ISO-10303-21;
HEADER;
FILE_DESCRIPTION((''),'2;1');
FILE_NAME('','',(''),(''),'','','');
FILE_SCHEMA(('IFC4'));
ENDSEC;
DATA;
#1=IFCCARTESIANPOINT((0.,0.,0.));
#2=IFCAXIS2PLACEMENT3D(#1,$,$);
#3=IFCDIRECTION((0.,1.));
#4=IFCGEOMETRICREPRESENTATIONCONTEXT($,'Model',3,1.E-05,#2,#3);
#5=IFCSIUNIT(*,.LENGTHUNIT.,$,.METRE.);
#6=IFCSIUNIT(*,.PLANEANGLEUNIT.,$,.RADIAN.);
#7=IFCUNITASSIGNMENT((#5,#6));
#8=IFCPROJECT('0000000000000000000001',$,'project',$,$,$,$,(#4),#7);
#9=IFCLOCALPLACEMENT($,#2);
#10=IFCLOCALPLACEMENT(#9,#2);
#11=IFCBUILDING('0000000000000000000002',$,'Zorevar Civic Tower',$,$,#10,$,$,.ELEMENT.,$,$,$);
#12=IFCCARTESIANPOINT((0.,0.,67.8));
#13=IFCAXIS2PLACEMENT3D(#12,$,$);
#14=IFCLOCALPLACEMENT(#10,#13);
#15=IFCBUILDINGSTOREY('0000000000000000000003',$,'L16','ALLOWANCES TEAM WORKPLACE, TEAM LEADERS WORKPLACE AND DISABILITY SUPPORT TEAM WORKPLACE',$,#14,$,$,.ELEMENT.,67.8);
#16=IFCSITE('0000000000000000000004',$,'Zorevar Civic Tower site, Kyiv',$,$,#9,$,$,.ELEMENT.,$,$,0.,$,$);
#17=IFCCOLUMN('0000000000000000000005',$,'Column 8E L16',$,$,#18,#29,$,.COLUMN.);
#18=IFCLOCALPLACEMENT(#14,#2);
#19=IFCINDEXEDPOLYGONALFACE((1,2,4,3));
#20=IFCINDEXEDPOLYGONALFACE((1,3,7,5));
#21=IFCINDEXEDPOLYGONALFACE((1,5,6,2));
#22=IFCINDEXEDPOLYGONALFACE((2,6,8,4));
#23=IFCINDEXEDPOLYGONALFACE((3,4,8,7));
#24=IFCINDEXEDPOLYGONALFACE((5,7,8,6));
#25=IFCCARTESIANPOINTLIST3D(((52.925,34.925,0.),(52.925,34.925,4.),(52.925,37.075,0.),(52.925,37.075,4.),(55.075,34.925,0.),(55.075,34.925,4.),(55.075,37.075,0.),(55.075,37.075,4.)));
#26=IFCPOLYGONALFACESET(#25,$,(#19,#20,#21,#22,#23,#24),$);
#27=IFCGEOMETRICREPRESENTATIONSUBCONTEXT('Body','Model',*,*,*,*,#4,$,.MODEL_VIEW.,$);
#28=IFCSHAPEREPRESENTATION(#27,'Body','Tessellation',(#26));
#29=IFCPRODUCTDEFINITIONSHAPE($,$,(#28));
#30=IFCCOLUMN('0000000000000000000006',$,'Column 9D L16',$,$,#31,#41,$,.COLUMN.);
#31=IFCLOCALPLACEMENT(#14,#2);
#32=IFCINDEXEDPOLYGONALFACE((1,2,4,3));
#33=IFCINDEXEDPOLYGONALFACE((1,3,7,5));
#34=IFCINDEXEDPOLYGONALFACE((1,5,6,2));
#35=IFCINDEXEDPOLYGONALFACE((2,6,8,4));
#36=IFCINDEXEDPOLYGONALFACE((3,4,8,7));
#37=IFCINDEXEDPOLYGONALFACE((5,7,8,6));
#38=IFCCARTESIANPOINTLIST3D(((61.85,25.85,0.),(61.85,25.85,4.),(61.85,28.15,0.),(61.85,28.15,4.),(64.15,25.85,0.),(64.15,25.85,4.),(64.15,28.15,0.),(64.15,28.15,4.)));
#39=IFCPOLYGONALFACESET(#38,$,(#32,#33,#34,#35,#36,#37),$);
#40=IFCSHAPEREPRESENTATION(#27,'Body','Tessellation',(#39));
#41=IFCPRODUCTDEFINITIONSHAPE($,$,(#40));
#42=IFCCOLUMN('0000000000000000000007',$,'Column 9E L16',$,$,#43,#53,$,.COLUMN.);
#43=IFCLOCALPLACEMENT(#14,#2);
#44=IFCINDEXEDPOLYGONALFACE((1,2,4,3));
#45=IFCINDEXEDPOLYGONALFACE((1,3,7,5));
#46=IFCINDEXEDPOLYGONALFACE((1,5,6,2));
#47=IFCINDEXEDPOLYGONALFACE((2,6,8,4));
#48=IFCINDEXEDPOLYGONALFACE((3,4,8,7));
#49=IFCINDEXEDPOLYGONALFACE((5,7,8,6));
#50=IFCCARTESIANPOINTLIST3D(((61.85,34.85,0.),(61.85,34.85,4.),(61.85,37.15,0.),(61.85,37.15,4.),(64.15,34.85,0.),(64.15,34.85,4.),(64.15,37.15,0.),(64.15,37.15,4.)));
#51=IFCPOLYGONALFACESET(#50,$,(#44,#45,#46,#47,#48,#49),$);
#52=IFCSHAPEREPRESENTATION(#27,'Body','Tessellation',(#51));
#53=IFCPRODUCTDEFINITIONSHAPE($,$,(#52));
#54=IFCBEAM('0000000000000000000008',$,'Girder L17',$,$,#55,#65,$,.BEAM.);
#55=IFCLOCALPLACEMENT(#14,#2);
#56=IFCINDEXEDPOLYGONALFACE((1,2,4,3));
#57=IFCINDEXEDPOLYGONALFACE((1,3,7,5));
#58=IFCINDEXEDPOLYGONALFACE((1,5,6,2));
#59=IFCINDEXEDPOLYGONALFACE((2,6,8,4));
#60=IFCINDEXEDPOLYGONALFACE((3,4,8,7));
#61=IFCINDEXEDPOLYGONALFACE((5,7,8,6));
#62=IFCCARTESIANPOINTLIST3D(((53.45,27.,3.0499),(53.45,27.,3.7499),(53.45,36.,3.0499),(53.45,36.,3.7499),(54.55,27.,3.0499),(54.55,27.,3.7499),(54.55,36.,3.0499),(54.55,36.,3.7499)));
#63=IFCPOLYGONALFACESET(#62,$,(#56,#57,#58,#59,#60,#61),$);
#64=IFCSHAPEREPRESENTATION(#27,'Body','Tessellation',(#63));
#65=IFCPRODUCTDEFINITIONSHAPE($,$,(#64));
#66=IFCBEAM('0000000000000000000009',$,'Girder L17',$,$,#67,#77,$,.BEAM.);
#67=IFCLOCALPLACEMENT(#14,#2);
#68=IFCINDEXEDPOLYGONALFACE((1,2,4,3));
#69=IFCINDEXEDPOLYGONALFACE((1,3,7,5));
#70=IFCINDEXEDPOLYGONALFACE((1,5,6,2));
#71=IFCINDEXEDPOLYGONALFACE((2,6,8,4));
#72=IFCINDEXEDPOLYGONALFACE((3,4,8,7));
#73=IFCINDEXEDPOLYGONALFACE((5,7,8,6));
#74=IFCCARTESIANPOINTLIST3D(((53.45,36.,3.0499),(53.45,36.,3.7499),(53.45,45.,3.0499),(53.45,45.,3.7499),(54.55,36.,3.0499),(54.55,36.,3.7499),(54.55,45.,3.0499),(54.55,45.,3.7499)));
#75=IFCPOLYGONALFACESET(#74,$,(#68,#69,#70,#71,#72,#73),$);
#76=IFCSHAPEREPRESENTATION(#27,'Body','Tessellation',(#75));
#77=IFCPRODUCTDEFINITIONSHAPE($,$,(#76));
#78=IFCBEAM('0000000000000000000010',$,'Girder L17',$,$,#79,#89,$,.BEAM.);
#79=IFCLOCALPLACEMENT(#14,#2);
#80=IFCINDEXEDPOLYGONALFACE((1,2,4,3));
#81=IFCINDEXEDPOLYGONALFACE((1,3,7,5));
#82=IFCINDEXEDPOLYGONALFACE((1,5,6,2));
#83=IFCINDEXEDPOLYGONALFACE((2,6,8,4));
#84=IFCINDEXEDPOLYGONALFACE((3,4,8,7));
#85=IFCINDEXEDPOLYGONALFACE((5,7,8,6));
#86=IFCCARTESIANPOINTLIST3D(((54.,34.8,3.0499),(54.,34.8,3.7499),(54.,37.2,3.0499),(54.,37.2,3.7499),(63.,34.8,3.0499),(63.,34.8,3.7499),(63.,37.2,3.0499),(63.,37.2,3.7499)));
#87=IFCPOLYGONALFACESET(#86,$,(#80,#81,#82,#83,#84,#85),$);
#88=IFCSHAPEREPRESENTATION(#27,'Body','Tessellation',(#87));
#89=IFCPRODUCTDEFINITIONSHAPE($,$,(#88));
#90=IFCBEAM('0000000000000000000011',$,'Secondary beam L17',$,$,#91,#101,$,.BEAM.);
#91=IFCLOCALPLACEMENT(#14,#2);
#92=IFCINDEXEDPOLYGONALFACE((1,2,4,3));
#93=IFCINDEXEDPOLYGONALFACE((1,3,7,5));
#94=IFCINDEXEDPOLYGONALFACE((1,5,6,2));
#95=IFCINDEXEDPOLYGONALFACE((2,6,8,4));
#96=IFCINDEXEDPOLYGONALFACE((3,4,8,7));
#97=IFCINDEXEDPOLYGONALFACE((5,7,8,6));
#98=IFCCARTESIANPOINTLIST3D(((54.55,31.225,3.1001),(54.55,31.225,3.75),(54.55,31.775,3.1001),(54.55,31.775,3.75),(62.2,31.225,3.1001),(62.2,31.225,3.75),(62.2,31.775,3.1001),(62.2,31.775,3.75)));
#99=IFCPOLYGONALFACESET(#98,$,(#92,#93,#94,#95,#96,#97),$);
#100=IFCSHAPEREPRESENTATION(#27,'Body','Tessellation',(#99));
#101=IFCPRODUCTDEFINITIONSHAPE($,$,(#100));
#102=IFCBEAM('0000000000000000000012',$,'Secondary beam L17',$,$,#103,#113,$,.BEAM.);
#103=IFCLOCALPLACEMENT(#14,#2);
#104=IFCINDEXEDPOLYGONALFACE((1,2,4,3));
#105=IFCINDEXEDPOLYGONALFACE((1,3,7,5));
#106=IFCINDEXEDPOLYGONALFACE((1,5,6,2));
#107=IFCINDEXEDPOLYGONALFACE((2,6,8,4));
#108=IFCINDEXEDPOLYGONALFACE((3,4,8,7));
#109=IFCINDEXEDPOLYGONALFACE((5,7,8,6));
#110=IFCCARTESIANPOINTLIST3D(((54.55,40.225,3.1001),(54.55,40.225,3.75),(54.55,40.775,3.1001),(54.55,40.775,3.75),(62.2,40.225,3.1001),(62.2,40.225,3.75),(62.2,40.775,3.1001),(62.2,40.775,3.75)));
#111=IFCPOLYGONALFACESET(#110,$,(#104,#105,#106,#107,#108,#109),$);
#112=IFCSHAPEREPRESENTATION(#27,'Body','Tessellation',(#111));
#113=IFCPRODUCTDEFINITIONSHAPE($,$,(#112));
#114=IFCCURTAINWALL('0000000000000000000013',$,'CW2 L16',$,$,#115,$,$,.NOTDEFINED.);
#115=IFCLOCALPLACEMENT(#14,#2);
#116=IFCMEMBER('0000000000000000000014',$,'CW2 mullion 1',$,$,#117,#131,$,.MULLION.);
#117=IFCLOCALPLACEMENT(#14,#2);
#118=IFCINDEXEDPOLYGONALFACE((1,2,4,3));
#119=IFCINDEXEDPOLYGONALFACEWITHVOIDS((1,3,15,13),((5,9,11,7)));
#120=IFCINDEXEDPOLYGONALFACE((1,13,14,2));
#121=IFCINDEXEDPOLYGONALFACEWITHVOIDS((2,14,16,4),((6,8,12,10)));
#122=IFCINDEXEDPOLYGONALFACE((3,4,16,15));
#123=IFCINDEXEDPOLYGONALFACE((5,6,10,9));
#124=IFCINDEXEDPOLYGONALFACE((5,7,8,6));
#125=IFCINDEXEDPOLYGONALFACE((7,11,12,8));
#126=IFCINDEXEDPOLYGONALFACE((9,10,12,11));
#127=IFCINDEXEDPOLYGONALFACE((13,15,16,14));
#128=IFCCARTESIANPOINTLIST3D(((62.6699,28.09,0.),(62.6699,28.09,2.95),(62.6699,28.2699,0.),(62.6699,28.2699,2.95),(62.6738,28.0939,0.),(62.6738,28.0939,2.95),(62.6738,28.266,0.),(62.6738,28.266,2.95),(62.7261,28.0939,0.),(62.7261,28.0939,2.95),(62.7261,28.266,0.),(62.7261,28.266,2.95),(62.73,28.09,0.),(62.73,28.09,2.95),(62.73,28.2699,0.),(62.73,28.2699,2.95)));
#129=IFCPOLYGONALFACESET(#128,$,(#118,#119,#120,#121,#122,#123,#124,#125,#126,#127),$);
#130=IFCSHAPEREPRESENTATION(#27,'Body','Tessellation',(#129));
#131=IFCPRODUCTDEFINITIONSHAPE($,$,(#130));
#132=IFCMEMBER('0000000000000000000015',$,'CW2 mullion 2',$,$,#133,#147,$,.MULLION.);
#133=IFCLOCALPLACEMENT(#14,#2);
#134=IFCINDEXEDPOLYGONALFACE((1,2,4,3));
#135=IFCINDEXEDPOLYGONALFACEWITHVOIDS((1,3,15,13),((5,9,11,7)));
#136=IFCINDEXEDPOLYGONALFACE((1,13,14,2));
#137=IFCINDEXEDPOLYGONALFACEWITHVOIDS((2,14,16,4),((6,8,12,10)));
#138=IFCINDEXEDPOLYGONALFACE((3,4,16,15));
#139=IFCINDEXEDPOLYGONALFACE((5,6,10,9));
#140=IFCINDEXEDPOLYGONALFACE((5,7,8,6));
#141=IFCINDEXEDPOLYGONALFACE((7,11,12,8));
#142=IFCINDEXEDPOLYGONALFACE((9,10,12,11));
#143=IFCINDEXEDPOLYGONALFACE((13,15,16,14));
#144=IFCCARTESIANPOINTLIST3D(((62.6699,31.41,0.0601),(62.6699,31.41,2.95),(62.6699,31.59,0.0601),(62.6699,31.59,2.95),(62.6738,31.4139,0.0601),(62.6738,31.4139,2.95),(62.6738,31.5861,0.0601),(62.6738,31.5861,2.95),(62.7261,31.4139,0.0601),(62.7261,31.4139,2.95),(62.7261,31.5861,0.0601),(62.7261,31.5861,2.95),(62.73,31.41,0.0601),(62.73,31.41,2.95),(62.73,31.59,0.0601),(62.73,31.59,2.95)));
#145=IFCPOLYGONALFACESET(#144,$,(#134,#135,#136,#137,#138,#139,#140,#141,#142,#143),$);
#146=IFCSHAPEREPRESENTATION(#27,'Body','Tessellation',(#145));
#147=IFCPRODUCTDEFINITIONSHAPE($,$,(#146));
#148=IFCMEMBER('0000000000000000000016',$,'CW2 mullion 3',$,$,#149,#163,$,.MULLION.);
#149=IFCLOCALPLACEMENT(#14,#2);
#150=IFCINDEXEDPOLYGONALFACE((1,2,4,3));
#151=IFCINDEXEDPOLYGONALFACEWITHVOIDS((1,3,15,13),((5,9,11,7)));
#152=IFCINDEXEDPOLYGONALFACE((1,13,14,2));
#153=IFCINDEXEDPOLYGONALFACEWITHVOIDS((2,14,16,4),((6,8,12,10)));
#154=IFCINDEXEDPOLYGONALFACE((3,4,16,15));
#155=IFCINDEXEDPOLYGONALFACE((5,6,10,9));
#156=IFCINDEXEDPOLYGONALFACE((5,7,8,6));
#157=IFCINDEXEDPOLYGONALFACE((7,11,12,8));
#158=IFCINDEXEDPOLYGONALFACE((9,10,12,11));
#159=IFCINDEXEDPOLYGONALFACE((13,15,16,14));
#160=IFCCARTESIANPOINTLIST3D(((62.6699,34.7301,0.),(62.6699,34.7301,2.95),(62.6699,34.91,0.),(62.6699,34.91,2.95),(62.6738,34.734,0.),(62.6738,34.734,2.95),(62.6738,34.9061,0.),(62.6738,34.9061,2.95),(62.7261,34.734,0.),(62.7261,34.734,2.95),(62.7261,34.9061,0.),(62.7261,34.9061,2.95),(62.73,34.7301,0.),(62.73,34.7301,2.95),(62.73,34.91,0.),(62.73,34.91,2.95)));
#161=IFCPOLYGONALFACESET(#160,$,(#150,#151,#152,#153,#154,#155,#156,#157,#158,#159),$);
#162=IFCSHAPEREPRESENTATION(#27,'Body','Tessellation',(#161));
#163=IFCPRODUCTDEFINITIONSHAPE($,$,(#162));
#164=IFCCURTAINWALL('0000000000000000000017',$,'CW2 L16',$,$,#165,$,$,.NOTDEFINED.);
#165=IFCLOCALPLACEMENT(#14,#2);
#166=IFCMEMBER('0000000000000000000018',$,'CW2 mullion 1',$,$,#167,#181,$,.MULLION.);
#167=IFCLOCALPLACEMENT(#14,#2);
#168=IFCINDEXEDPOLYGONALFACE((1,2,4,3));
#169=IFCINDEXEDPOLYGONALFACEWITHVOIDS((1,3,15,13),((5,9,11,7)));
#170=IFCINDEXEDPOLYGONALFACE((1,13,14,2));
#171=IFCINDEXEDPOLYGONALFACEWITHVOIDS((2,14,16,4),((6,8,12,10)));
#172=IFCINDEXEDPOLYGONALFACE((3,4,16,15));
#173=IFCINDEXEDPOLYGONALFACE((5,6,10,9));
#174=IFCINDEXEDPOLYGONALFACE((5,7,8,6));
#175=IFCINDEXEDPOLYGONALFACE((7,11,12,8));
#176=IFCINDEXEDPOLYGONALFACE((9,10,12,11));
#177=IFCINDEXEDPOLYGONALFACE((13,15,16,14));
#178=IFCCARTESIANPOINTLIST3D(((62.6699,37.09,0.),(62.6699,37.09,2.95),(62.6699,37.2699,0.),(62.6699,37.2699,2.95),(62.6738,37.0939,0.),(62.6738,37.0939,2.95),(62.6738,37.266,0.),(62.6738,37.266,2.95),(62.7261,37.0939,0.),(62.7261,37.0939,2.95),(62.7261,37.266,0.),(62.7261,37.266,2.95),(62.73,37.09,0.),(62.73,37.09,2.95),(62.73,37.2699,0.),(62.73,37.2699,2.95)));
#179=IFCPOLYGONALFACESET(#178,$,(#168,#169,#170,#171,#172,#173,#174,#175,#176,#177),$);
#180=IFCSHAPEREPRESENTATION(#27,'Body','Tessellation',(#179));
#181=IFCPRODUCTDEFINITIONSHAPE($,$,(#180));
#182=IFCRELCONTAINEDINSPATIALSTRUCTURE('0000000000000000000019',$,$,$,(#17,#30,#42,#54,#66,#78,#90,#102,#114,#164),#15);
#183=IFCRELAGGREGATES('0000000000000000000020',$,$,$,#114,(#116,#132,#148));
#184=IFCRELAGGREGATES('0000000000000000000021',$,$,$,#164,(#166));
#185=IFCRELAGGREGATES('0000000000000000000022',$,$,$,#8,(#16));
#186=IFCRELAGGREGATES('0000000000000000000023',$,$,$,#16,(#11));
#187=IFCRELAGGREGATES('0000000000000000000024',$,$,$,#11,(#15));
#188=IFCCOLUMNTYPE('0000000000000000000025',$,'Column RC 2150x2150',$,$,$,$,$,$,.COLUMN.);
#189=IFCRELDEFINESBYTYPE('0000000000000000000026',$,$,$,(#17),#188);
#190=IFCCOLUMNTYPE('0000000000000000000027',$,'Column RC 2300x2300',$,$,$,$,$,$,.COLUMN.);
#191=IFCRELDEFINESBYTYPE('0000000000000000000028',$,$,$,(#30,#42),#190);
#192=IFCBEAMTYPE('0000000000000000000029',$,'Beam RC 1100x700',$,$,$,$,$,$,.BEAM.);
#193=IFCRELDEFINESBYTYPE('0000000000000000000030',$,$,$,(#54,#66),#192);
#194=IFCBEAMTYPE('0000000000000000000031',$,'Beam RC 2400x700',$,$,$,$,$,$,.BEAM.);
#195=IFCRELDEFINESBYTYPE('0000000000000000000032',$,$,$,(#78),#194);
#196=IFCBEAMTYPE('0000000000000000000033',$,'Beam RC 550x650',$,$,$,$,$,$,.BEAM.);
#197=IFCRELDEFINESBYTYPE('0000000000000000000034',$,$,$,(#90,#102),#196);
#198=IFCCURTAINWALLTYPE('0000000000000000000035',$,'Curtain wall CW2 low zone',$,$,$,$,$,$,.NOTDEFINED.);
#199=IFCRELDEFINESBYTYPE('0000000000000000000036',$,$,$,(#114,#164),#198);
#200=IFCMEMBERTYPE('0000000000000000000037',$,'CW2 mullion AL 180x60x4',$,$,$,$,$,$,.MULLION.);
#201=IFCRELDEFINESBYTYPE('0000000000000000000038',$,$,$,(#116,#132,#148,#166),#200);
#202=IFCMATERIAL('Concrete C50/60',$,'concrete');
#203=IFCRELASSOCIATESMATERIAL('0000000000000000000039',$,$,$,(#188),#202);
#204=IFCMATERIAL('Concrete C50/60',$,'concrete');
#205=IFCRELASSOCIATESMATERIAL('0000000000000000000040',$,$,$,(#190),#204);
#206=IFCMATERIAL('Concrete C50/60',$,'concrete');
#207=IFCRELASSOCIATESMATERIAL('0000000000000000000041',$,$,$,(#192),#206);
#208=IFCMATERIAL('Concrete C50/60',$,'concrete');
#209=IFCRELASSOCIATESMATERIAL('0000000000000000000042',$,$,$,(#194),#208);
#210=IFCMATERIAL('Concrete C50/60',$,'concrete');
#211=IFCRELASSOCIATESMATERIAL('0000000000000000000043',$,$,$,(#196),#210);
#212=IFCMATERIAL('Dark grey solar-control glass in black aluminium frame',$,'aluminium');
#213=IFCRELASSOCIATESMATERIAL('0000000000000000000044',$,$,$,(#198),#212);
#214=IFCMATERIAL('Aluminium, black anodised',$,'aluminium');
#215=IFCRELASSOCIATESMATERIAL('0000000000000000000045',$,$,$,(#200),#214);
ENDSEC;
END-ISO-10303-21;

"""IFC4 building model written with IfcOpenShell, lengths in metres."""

from ifc_helpers import new_model, si_unit, direction, frame, origin, origin_2d, place, context, subcontext, project, spatial, rectangle, hollow_rectangle, extrude, material, material_profile, profile_set, type_object, element, aggregate, save


model = new_model("IFC4")

# Units and contexts
model_context = context("Model", 3, precision=1e-05, world=origin(), true_north=direction((0.0, 1.0)))
body_context = subcontext(model_context, "Body", "Model", "MODEL_VIEW")
ifc_project = project(units=[si_unit("LENGTHUNIT", "METRE"), si_unit("PLANEANGLEUNIT", "RADIAN")], contexts=[model_context])

# Site, building, storey
site_placement = place(None, origin())
site = spatial("IfcSite", under=ifc_project, at=site_placement, Name="Zorevar Civic Tower site, Kyiv", CompositionType="ELEMENT", RefElevation=0.0)
building_placement = place(site_placement, origin())
building = spatial("IfcBuilding", under=site, at=building_placement, Name="Zorevar Civic Tower", CompositionType="ELEMENT")
storey_placement = place(building_placement, frame((0.0, 0.0, 67.8)))
storey = spatial("IfcBuildingStorey", under=building, at=storey_placement, Name="L16", Description="ALLOWANCES TEAM WORKPLACE, TEAM LEADERS WORKPLACE AND DISABILITY SUPPORT TEAM WORKPLACE", CompositionType="ELEMENT", Elevation=67.8)

# Columns
ifc_material_1 = material(Name="Concrete C50/60", Category="concrete")
ifc_material_profile_1 = material_profile(ifc_material_1, rectangle(XDim=2.1499, YDim=2.1499, at=origin_2d()), Name="RC 2150x2150")
ifc_profile_set_1 = profile_set([ifc_material_profile_1], Name="Concrete C50/60")
column_type_1 = type_object("IfcColumnType", Name="Column RC 2150x2150", PredefinedType="COLUMN", material=ifc_profile_set_1)
column_placement = place(storey_placement, frame((54.0, 36.0, 0.0), z_axis=(0.0, 0.0, 1.0), x_axis=(1.0, 0.0, 0.0)))
element("IfcColumn", 1, at=column_placement, inside=storey, type_object=column_type_1, Name="Column 8E L16", PredefinedType="COLUMN", context=body_context, shape_type="SweptSolid", body=[
    extrude(rectangle(XDim=2.1499, YDim=2.1499, at=origin_2d()), origin(), (0.0, 0.0, 1.0), 4.0),
])
ifc_material_2 = material(Name="Concrete C50/60", Category="concrete")
ifc_material_profile_2 = material_profile(ifc_material_2, rectangle(XDim=2.3, YDim=2.3, at=origin_2d()), Name="RC 2300x2300")
ifc_profile_set_2 = profile_set([ifc_material_profile_2], Name="Concrete C50/60")
column_type_2 = type_object("IfcColumnType", Name="Column RC 2300x2300", PredefinedType="COLUMN", material=ifc_profile_set_2)
for number, where, z_axis, x_axis, name in (
    (2, (63.0, 27.0, 0.0), (0.0, 0.0, 1.0), (1.0, 0.0, 0.0), "Column 9D L16"),
    (3, (63.0, 36.0, 0.0), (0.0, 0.0, 1.0), (1.0, 0.0, 0.0), "Column 9E L16"),
):
    element("IfcColumn", number, at=place(storey_placement, frame(where, z_axis=z_axis, x_axis=x_axis)), inside=storey, type_object=column_type_2, Name=name, PredefinedType="COLUMN", context=body_context, shape_type="SweptSolid", body=[
        extrude(rectangle(XDim=2.3, YDim=2.3, at=origin_2d()), origin(), (0.0, 0.0, 1.0), 4.0),
    ])

# Beams
ifc_material_3 = material(Name="Concrete C50/60", Category="concrete")
ifc_material_profile_3 = material_profile(ifc_material_3, rectangle(XDim=1.1001, YDim=0.7, at=origin_2d()), Name="RC 1100x700")
ifc_profile_set_3 = profile_set([ifc_material_profile_3], Name="Concrete C50/60")
beam_type_1 = type_object("IfcBeamType", Name="Beam RC 1100x700", PredefinedType="BEAM", material=ifc_profile_set_3)
for number, where, z_axis, x_axis, name in (
    (4, (54.0, 27.0, 3.3999), (0.0, 1.0, 0.0), (-1.0, 0.0, 0.0), "Girder L17"),
    (5, (54.0, 36.0, 3.3999), (0.0, 1.0, 0.0), (-1.0, 0.0, 0.0), "Girder L17"),
):
    element("IfcBeam", number, at=place(storey_placement, frame(where, z_axis=z_axis, x_axis=x_axis)), inside=storey, type_object=beam_type_1, Name=name, PredefinedType="BEAM", context=body_context, shape_type="SweptSolid", body=[
        extrude(rectangle(XDim=1.1001, YDim=0.7, at=origin_2d()), origin(), (0.0, 0.0, 1.0), 9.0),
    ])
ifc_material_4 = material(Name="Concrete C50/60", Category="concrete")
ifc_material_profile_4 = material_profile(ifc_material_4, rectangle(XDim=2.3999, YDim=0.7, at=origin_2d()), Name="RC 2400x700")
ifc_profile_set_4 = profile_set([ifc_material_profile_4], Name="Concrete C50/60")
beam_type_2 = type_object("IfcBeamType", Name="Beam RC 2400x700", PredefinedType="BEAM", material=ifc_profile_set_4)
beam_placement = place(storey_placement, frame((54.0, 36.0, 3.3999), z_axis=(1.0, 0.0, 0.0), x_axis=(0.0, 1.0, 0.0)))
element("IfcBeam", 6, at=beam_placement, inside=storey, type_object=beam_type_2, Name="Girder L17", PredefinedType="BEAM", context=body_context, shape_type="SweptSolid", body=[
    extrude(rectangle(XDim=2.3999, YDim=0.7, at=origin_2d()), origin(), (0.0, 0.0, 1.0), 9.0),
])
ifc_material_5 = material(Name="Concrete C50/60", Category="concrete")
ifc_material_profile_5 = material_profile(ifc_material_5, rectangle(XDim=0.55, YDim=0.6499, at=origin_2d()), Name="RC 550x650")
ifc_profile_set_5 = profile_set([ifc_material_profile_5], Name="Concrete C50/60")
beam_type_3 = type_object("IfcBeamType", Name="Beam RC 550x650", PredefinedType="BEAM", material=ifc_profile_set_5)
for number, where, z_axis, x_axis, name in (
    (7, (54.55, 31.5, 3.425), (1.0, 0.0, 0.0), (0.0, 1.0, 0.0), "Secondary beam L17"),
    (8, (54.55, 40.5, 3.425), (1.0, 0.0, 0.0), (0.0, 1.0, 0.0), "Secondary beam L17"),
):
    element("IfcBeam", number, at=place(storey_placement, frame(where, z_axis=z_axis, x_axis=x_axis)), inside=storey, type_object=beam_type_3, Name=name, PredefinedType="BEAM", context=body_context, shape_type="SweptSolid", body=[
        extrude(rectangle(XDim=0.55, YDim=0.6499, at=origin_2d()), origin(), (0.0, 0.0, 1.0), 7.6499),
    ])

# Curtain walls, members
ifc_material_6 = material(Name="Dark grey solar-control glass in black aluminium frame", Category="aluminium")
curtain_wall_type = type_object("IfcCurtainWallType", Name="Curtain wall CW2 low zone", PredefinedType="NOTDEFINED", material=ifc_material_6)
curtain_wall_1_placement = place(storey_placement, origin())
curtain_wall_1 = element("IfcCurtainWall", 9, at=curtain_wall_1_placement, inside=storey, type_object=curtain_wall_type, Name="CW2 L16", PredefinedType="NOTDEFINED")
ifc_material_7 = material(Name="Aluminium, black anodised", Category="aluminium")
ifc_material_profile_6 = material_profile(ifc_material_7, hollow_rectangle(XDim=0.0601, YDim=0.1799, WallThickness=0.0039, at=origin_2d()), Name="AL 180x60x4")
ifc_profile_set_6 = profile_set([ifc_material_profile_6], Name="Aluminium, black anodised")
member_type_1 = type_object("IfcMemberType", Name="CW2 mullion AL 180x60x4", PredefinedType="MULLION", material=ifc_profile_set_6)
member_1_placement = place(storey_placement, frame((62.7, 28.1799, 0.0), z_axis=(0.0, 0.0, 1.0), x_axis=(-1.0, 0.0, 0.0)))
member_1 = element("IfcMember", 10, at=member_1_placement, type_object=member_type_1, Name="CW2 mullion 1", PredefinedType="MULLION", context=body_context, shape_type="SweptSolid", body=[
    extrude(hollow_rectangle(XDim=0.0601, YDim=0.1799, WallThickness=0.0039, at=origin_2d()), origin(), (0.0, 0.0, 1.0), 2.95),
])
member_2_placement = place(storey_placement, frame((62.7, 31.5, 0.0601), z_axis=(0.0, 0.0, 1.0), x_axis=(-1.0, 0.0, 0.0)))
member_2 = element("IfcMember", 11, at=member_2_placement, type_object=member_type_1, Name="CW2 mullion 2", PredefinedType="MULLION", context=body_context, shape_type="SweptSolid", body=[
    extrude(hollow_rectangle(XDim=0.0601, YDim=0.1799, WallThickness=0.0039, at=origin_2d()), origin(), (0.0, 0.0, 1.0), 2.8899),
])
member_3_placement = place(storey_placement, frame((62.7, 34.8201, 0.0), z_axis=(0.0, 0.0, 1.0), x_axis=(-1.0, 0.0, 0.0)))
member_3 = element("IfcMember", 12, at=member_3_placement, type_object=member_type_1, Name="CW2 mullion 3", PredefinedType="MULLION", context=body_context, shape_type="SweptSolid", body=[
    extrude(hollow_rectangle(XDim=0.0601, YDim=0.1799, WallThickness=0.0039, at=origin_2d()), origin(), (0.0, 0.0, 1.0), 2.95),
])
curtain_wall_2_placement = place(storey_placement, origin())
curtain_wall_2 = element("IfcCurtainWall", 13, at=curtain_wall_2_placement, inside=storey, type_object=curtain_wall_type, Name="CW2 L16", PredefinedType="NOTDEFINED")
member_4_placement = place(storey_placement, frame((62.7, 37.1799, 0.0), z_axis=(0.0, 0.0, 1.0), x_axis=(-1.0, 0.0, 0.0)))
member_4 = element("IfcMember", 14, at=member_4_placement, type_object=member_type_1, Name="CW2 mullion 1", PredefinedType="MULLION", context=body_context, shape_type="SweptSolid", body=[
    extrude(hollow_rectangle(XDim=0.0601, YDim=0.1799, WallThickness=0.0039, at=origin_2d()), origin(), (0.0, 0.0, 1.0), 2.95),
])

aggregate(curtain_wall_1, [member_1, member_2, member_3])
aggregate(curtain_wall_2, [member_4])

save(model, "model.ifc")
